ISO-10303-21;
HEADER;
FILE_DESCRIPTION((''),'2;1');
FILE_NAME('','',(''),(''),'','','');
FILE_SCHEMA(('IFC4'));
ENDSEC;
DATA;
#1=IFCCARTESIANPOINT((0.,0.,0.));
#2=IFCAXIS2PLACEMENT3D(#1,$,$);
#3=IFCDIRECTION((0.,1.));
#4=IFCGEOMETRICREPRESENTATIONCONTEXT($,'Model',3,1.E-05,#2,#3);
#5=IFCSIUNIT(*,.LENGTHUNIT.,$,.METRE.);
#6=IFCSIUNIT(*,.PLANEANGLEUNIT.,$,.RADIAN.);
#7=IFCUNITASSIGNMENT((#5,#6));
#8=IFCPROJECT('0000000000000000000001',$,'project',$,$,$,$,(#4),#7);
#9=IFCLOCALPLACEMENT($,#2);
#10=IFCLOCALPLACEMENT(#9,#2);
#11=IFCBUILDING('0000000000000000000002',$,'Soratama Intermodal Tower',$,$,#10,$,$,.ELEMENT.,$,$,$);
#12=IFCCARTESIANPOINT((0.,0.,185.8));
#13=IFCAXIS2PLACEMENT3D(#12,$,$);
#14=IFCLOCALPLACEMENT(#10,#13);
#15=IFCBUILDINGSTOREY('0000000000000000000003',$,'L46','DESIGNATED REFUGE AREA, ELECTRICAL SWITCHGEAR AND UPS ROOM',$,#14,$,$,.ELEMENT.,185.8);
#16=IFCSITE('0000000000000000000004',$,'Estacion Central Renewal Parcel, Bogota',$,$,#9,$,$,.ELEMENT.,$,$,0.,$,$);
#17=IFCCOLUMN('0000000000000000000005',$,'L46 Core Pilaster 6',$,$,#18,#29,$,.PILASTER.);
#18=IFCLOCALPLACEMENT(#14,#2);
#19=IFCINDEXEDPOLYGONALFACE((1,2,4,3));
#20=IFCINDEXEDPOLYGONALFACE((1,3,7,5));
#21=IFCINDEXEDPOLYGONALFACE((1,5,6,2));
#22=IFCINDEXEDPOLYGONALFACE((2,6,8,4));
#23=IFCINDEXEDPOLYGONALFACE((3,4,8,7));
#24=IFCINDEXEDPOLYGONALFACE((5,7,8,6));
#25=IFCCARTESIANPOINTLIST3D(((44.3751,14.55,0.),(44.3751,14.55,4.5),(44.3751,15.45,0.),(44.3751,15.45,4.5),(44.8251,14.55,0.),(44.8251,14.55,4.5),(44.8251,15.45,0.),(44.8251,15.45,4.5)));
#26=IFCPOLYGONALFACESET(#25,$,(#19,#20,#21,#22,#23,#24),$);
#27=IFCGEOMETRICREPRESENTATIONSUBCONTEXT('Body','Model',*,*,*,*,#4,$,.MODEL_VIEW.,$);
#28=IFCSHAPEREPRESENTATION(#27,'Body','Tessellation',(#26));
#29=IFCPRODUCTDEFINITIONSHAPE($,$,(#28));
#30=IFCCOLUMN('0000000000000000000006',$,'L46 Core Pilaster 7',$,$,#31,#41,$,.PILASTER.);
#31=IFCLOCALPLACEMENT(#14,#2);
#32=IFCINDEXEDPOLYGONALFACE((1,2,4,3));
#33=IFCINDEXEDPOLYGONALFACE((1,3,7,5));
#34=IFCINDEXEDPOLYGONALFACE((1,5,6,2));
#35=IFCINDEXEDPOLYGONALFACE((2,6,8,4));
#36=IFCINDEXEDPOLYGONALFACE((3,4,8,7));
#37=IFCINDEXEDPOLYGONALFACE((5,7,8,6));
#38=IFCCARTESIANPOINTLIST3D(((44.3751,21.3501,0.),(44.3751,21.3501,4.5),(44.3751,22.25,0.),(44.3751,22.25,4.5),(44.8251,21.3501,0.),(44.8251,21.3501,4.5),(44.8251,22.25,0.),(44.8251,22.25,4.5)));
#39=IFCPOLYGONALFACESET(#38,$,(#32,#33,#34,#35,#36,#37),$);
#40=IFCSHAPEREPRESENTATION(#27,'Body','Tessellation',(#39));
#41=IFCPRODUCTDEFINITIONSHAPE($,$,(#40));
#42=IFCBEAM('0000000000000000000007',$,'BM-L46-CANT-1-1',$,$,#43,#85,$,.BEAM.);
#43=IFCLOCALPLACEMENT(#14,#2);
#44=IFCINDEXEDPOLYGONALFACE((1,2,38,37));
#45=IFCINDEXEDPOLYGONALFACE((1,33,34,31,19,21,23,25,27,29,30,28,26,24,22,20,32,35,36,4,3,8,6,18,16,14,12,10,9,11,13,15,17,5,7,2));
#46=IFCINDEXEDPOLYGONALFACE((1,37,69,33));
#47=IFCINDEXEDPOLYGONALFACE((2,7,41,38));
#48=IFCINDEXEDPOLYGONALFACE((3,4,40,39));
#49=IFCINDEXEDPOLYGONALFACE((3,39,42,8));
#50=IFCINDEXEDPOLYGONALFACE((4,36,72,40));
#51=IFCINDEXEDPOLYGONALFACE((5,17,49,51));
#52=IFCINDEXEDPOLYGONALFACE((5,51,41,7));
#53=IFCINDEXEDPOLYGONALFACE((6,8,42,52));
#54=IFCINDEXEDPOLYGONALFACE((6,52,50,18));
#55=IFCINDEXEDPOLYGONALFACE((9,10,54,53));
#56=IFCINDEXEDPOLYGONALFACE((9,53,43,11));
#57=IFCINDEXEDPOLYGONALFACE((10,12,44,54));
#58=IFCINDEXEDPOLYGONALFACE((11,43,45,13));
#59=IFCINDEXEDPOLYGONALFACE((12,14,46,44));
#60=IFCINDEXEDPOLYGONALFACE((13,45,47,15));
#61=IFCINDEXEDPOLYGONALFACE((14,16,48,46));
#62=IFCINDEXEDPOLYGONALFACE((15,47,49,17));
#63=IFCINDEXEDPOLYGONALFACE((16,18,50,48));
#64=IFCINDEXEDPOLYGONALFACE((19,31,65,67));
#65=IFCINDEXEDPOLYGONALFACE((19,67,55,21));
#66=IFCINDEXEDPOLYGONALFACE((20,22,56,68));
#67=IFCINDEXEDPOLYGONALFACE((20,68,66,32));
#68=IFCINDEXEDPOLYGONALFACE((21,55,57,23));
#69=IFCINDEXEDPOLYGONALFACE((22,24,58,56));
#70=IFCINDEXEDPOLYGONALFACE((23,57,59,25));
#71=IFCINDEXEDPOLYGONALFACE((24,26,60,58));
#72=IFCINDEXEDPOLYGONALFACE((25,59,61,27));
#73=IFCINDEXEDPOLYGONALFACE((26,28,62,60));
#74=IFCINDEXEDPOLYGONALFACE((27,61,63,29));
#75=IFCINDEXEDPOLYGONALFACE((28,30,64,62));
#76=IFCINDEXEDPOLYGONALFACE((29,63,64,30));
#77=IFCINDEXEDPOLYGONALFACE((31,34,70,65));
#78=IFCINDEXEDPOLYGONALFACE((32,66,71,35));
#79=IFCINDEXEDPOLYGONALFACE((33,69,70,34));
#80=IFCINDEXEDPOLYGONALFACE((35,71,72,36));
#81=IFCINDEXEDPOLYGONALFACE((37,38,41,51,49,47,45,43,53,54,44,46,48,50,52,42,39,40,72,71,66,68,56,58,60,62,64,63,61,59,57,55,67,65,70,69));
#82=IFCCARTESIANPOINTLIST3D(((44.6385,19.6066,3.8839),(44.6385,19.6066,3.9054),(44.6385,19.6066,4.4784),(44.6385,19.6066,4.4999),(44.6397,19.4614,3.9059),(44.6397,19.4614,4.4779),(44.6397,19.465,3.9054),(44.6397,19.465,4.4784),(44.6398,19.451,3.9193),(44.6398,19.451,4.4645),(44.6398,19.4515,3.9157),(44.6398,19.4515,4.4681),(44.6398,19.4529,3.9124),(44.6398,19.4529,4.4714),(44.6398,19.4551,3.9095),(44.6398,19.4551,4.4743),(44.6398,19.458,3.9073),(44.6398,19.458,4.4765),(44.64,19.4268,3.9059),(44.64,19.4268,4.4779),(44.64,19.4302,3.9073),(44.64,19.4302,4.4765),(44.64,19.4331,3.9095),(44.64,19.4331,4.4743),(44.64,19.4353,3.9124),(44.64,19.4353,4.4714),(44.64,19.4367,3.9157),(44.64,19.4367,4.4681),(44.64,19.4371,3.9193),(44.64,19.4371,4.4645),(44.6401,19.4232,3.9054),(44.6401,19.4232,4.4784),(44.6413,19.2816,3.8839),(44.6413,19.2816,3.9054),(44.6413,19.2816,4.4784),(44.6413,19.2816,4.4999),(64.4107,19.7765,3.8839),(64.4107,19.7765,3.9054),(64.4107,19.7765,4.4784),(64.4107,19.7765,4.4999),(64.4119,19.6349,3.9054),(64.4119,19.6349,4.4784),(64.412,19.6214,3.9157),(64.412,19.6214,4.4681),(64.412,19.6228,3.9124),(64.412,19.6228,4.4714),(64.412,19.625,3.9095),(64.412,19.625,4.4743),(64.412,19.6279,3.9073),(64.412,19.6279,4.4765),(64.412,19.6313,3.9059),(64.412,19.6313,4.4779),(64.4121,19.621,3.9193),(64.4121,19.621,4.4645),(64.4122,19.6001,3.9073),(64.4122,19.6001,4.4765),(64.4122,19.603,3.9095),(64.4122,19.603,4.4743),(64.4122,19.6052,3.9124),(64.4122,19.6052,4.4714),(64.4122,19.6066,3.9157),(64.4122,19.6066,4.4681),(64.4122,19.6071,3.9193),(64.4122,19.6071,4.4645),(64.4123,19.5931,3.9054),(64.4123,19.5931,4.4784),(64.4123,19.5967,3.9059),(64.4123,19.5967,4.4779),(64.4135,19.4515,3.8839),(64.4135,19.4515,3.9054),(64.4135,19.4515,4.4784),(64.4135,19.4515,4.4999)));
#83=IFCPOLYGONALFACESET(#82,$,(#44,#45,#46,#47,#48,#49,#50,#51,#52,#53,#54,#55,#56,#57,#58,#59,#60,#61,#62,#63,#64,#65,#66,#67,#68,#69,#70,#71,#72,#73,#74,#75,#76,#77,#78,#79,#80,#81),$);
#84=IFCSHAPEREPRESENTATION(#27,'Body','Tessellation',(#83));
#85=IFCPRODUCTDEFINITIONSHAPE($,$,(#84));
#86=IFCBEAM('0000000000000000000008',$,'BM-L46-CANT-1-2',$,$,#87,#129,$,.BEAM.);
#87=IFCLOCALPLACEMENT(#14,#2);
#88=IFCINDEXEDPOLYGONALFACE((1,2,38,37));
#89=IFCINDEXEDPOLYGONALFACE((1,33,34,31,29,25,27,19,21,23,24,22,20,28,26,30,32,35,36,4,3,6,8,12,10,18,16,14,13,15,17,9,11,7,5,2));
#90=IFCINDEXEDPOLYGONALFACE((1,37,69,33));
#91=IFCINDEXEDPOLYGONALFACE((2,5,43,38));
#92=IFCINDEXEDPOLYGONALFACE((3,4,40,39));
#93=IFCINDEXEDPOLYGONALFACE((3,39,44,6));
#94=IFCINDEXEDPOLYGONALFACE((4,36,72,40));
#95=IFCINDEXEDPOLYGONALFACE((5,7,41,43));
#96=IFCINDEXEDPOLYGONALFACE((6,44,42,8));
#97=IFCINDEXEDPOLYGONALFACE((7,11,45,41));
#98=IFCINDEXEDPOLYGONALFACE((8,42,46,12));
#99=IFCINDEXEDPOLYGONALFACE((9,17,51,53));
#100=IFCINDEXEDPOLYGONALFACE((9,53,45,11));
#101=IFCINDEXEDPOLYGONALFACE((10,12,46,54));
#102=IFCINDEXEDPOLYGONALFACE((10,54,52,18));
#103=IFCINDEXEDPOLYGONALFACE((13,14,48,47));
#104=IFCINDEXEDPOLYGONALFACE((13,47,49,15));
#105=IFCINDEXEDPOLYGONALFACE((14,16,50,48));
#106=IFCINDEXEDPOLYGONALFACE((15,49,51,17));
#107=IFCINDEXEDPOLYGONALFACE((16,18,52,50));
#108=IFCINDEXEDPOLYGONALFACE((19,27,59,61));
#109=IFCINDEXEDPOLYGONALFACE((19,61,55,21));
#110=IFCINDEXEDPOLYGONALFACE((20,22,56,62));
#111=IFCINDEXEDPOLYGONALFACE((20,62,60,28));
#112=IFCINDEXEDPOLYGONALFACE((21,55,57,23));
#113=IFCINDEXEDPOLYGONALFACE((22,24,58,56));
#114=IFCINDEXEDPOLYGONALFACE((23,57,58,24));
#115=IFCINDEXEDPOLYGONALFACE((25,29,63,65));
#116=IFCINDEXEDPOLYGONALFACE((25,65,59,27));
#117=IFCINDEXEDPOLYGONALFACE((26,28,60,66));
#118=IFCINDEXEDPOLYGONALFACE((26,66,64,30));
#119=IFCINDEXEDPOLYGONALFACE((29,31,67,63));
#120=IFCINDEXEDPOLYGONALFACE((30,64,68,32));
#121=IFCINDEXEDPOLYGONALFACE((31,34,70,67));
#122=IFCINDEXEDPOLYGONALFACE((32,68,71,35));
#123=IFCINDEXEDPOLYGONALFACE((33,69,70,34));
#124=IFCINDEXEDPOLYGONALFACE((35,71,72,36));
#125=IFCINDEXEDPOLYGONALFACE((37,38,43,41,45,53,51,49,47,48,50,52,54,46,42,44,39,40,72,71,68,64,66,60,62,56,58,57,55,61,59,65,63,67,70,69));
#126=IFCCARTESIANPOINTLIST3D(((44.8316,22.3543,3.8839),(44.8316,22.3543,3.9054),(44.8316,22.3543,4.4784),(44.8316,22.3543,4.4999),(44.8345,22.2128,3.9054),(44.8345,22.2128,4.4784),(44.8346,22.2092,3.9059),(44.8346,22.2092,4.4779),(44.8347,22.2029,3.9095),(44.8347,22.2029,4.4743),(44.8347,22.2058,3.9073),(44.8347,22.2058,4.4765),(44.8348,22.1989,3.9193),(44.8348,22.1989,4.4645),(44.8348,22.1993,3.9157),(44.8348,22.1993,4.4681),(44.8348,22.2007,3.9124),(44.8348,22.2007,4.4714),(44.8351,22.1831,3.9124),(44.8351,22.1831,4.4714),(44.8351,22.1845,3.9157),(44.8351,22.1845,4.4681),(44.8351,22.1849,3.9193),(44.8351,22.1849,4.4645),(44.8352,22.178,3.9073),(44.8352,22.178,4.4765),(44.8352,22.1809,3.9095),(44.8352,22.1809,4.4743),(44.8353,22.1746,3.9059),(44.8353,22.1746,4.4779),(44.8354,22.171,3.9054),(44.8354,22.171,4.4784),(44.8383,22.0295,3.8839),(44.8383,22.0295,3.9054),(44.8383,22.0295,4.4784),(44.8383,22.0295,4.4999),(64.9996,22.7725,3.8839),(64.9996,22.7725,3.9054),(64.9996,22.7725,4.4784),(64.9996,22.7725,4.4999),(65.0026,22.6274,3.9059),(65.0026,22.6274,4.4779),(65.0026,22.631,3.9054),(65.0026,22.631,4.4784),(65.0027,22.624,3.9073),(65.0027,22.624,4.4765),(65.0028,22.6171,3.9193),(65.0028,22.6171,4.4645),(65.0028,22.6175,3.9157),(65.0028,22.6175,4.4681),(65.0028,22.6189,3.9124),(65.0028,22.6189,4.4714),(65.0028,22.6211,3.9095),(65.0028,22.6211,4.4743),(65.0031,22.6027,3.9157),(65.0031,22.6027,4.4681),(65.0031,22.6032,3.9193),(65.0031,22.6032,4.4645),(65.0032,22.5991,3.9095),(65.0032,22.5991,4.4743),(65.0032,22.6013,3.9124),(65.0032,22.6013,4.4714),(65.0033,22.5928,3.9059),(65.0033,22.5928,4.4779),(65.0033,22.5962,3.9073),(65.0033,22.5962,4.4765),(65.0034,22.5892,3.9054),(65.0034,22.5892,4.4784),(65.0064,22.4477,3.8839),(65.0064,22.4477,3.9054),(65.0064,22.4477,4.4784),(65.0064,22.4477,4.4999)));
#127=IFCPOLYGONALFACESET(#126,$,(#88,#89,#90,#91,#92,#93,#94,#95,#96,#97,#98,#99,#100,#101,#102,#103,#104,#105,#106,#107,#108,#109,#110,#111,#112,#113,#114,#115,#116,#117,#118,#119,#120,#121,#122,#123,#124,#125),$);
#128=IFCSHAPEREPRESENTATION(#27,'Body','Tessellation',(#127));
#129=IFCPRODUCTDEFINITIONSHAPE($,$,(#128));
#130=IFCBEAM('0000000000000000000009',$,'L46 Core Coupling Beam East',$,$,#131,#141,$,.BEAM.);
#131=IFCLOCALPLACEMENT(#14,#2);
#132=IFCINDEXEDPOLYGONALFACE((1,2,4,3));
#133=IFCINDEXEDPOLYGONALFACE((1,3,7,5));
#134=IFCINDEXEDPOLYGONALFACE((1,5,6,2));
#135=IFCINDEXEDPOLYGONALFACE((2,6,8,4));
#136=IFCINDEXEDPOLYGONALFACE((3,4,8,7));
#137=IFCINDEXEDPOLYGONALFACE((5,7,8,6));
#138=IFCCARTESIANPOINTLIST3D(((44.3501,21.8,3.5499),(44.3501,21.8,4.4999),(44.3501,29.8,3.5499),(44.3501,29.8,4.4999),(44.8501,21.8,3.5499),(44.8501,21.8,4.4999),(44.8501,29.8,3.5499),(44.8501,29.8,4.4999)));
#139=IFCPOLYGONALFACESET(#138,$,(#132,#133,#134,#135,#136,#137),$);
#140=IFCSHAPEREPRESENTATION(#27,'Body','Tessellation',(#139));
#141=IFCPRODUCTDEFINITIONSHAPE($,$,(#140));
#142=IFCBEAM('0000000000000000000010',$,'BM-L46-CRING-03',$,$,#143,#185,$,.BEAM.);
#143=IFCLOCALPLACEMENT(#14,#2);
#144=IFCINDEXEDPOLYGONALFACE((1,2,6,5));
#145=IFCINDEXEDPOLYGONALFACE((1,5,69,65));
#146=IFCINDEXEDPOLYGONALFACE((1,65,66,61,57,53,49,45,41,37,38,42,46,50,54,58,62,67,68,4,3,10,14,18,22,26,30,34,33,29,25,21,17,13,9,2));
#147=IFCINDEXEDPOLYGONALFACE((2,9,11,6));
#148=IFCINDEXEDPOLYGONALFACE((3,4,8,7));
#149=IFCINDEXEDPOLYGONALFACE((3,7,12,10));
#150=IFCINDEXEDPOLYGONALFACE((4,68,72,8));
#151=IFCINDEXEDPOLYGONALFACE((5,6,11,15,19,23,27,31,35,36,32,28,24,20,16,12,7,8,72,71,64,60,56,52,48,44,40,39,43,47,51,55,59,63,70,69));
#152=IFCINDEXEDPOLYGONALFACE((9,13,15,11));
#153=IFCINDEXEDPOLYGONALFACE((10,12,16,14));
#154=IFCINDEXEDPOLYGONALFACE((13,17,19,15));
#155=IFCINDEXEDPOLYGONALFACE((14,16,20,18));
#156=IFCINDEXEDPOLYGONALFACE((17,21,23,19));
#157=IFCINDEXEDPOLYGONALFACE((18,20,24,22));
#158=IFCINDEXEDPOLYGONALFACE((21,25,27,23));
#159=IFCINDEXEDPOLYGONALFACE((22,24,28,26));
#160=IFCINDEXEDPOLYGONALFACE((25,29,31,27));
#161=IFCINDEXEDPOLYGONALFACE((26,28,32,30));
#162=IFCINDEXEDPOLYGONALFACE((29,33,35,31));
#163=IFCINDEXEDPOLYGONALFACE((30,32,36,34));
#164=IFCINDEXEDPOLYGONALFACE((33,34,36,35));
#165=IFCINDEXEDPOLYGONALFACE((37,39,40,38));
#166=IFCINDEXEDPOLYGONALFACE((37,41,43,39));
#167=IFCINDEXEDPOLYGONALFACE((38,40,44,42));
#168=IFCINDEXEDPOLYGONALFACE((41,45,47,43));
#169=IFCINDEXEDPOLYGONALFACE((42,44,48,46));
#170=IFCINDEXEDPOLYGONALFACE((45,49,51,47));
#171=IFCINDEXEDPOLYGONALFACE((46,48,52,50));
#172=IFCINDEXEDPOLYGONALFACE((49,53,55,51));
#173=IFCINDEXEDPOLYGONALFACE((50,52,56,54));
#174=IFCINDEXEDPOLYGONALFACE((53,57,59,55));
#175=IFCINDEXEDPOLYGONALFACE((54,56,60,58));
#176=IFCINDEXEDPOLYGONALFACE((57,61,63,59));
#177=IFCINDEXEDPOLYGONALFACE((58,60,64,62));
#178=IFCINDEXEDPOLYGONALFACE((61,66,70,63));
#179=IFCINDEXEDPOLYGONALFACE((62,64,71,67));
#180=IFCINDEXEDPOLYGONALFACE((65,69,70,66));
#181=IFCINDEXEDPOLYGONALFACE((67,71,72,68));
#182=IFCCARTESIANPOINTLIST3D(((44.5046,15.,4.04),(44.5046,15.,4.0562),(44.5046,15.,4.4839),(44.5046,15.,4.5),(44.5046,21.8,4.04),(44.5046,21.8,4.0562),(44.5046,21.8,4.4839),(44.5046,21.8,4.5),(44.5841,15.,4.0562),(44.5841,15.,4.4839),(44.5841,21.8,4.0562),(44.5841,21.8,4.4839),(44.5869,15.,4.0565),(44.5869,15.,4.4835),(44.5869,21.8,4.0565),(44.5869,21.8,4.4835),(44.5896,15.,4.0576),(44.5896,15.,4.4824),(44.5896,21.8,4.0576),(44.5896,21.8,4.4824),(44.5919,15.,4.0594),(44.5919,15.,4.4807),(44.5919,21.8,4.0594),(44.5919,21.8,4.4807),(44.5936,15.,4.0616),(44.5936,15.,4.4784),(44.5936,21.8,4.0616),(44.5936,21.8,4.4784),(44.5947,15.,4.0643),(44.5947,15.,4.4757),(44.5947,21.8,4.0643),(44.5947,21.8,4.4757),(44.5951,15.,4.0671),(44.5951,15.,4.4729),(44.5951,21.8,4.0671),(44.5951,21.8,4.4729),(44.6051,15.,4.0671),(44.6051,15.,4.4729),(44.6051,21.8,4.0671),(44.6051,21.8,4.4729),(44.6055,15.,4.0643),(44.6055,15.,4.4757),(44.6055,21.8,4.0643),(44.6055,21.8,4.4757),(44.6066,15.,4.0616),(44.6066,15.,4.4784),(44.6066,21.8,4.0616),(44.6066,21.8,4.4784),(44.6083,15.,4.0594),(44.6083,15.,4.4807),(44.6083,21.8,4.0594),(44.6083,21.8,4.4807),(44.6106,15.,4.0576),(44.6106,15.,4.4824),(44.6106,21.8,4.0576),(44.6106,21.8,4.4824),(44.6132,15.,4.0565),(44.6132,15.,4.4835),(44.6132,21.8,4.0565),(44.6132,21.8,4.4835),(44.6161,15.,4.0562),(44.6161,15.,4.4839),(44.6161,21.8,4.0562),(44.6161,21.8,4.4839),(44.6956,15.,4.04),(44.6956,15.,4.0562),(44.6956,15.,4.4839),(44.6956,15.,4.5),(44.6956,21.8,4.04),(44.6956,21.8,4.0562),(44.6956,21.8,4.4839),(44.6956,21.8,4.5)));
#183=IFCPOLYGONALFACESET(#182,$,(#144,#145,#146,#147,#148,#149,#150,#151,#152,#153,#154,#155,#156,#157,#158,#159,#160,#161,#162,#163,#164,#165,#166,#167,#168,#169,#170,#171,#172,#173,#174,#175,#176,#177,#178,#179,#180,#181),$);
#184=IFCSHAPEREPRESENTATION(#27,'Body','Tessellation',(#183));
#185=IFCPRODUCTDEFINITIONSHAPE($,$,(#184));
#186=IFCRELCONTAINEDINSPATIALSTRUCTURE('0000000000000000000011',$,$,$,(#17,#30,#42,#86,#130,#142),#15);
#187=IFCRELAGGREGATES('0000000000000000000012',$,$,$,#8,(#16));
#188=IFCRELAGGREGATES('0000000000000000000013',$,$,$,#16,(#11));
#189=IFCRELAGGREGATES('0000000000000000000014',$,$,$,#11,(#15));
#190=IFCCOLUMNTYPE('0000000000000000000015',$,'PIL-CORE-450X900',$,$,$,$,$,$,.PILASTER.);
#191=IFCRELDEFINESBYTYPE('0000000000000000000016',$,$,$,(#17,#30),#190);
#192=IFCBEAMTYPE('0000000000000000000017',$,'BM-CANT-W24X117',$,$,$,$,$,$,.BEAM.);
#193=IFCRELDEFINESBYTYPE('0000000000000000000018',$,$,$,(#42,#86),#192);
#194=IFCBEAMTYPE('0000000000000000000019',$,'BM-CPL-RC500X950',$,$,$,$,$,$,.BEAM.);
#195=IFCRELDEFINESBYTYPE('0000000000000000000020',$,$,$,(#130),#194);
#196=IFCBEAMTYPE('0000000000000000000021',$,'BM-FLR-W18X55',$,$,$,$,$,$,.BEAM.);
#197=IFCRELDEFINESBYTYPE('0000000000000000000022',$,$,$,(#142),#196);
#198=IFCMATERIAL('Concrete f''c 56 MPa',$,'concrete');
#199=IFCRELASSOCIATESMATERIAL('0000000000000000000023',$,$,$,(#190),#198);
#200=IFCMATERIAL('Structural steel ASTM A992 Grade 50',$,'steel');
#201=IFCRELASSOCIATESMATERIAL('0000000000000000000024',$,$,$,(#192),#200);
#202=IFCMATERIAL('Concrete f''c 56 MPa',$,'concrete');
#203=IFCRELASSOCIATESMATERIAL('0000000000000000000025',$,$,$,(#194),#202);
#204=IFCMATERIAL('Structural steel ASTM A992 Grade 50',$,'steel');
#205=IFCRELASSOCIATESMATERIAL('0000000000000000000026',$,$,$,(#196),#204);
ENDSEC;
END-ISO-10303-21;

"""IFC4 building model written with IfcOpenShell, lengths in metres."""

from ifc_helpers import new_model, si_unit, direction, frame, origin, origin_2d, place, context, subcontext, project, spatial, rectangle, i_section, extrude, material, material_profile, profile_set, type_object, element, save


model = new_model("IFC4")

# Units and contexts
model_context = context("Model", 3, precision=1e-05, world=origin(), true_north=direction((0.0, 1.0)))
body_context = subcontext(model_context, "Body", "Model", "MODEL_VIEW")
ifc_project = project(units=[si_unit("LENGTHUNIT", "METRE"), si_unit("PLANEANGLEUNIT", "RADIAN")], contexts=[model_context])

# Site, building, storey
site_placement = place(None, origin())
site = spatial("IfcSite", under=ifc_project, at=site_placement, Name="Estacion Central Renewal Parcel, Bogota", CompositionType="ELEMENT", RefElevation=0.0)
building_placement = place(site_placement, origin())
building = spatial("IfcBuilding", under=site, at=building_placement, Name="Soratama Intermodal Tower", CompositionType="ELEMENT")
storey_placement = place(building_placement, frame((0.0, 0.0, 185.8)))
storey = spatial("IfcBuildingStorey", under=building, at=storey_placement, Name="L46", Description="DESIGNATED REFUGE AREA, ELECTRICAL SWITCHGEAR AND UPS ROOM", CompositionType="ELEMENT", Elevation=185.8)

# Columns
ifc_material_1 = material(Name="Concrete f'c 56 MPa", Category="concrete")
ifc_material_profile_1 = material_profile(ifc_material_1, rectangle(XDim=0.45, YDim=0.8999, at=origin_2d()), Name="RC450X900")
ifc_profile_set_1 = profile_set([ifc_material_profile_1], Name="Concrete f'c 56 MPa")
column_type = type_object("IfcColumnType", Name="PIL-CORE-450X900", PredefinedType="PILASTER", material=ifc_profile_set_1)
for number, where, z_axis, x_axis, name in (
    (1, (44.6001, 15.0, 0.0), (0.0, 0.0, 1.0), (1.0, 0.0, 0.0), "L46 Core Pilaster 6"),
    (2, (44.6001, 21.8, 0.0), (0.0, 0.0, 1.0), (1.0, 0.0, 0.0), "L46 Core Pilaster 7"),
):
    element("IfcColumn", number, at=place(storey_placement, frame(where, z_axis=z_axis, x_axis=x_axis)), inside=storey, type_object=column_type, Name=name, PredefinedType="PILASTER", context=body_context, shape_type="SweptSolid", body=[
        extrude(rectangle(XDim=0.45, YDim=0.8999, at=origin_2d()), origin(), (0.0, 0.0, 1.0), 4.5),
    ])

# Beams
ifc_material_2 = material(Name="Structural steel ASTM A992 Grade 50", Category="steel")
ifc_material_profile_2 = material_profile(ifc_material_2, i_section(OverallWidth=0.325, OverallDepth=0.616, WebThickness=0.0139, FlangeThickness=0.0215, FilletRadius=0.0139, at=origin_2d()), Name="W24X117")
ifc_profile_set_2 = profile_set([ifc_material_profile_2], Name="Structural steel ASTM A992 Grade 50")
beam_type_1 = type_object("IfcBeamType", Name="BM-CANT-W24X117", PredefinedType="BEAM", material=ifc_profile_set_2)
beam_1_placement = place(storey_placement, frame((44.6399, 19.4441, 4.1919), z_axis=(0.999963, 0.008594, 0.0), x_axis=(-0.008594, 0.999963, 0.0)))
element("IfcBeam", 3, at=beam_1_placement, inside=storey, type_object=beam_type_1, Name="BM-L46-CANT-1-1", PredefinedType="BEAM", context=body_context, shape_type="SweptSolid", body=[
    extrude(i_section(OverallWidth=0.325, OverallDepth=0.616, WebThickness=0.0139, FlangeThickness=0.0215, FilletRadius=0.0139, at=origin_2d()), origin(), (0.0, 0.0, 1.0), 19.7729),
])
beam_2_placement = place(storey_placement, frame((44.835, 22.1919, 4.1919), z_axis=(0.999785, 0.020732, 0.0), x_axis=(-0.020732, 0.999785, 0.0)))
element("IfcBeam", 4, at=beam_2_placement, inside=storey, type_object=beam_type_1, Name="BM-L46-CANT-1-2", PredefinedType="BEAM", context=body_context, shape_type="SweptSolid", body=[
    extrude(i_section(OverallWidth=0.325, OverallDepth=0.616, WebThickness=0.0139, FlangeThickness=0.0215, FilletRadius=0.0139, at=origin_2d()), origin(), (0.0, 0.0, 1.0), 20.1724),
])
ifc_material_3 = material(Name="Concrete f'c 56 MPa", Category="concrete")
ifc_material_profile_3 = material_profile(ifc_material_3, rectangle(XDim=0.5, YDim=0.95, at=origin_2d()), Name="RC500X950")
ifc_profile_set_3 = profile_set([ifc_material_profile_3], Name="Concrete f'c 56 MPa")
beam_type_2 = type_object("IfcBeamType", Name="BM-CPL-RC500X950", PredefinedType="BEAM", material=ifc_profile_set_3)
beam_3_placement = place(storey_placement, frame((44.6001, 21.8, 4.0249), z_axis=(0.0, 1.0, 0.0), x_axis=(-1.0, 0.0, 0.0)))
element("IfcBeam", 5, at=beam_3_placement, inside=storey, type_object=beam_type_2, Name="L46 Core Coupling Beam East", PredefinedType="BEAM", context=body_context, shape_type="SweptSolid", body=[
    extrude(rectangle(XDim=0.5, YDim=0.95, at=origin_2d()), origin(), (0.0, 0.0, 1.0), 8.0),
])
ifc_material_4 = material(Name="Structural steel ASTM A992 Grade 50", Category="steel")
ifc_material_profile_4 = material_profile(ifc_material_4, i_section(OverallWidth=0.1909, OverallDepth=0.46, WebThickness=0.01, FlangeThickness=0.0161, FilletRadius=0.011, at=origin_2d()), Name="W18X55")
ifc_profile_set_4 = profile_set([ifc_material_profile_4], Name="Structural steel ASTM A992 Grade 50")
beam_type_3 = type_object("IfcBeamType", Name="BM-FLR-W18X55", PredefinedType="BEAM", material=ifc_profile_set_4)
beam_4_placement = place(storey_placement, frame((44.6001, 15.0, 4.27), z_axis=(0.0, 1.0, 0.0), x_axis=(-1.0, 0.0, 0.0)))
element("IfcBeam", 6, at=beam_4_placement, inside=storey, type_object=beam_type_3, Name="BM-L46-CRING-03", PredefinedType="BEAM", context=body_context, shape_type="SweptSolid", body=[
    extrude(i_section(OverallWidth=0.1909, OverallDepth=0.46, WebThickness=0.01, FlangeThickness=0.0161, FilletRadius=0.011, at=origin_2d()), origin(), (0.0, 0.0, 1.0), 6.8),
])

save(model, "model.ifc")
